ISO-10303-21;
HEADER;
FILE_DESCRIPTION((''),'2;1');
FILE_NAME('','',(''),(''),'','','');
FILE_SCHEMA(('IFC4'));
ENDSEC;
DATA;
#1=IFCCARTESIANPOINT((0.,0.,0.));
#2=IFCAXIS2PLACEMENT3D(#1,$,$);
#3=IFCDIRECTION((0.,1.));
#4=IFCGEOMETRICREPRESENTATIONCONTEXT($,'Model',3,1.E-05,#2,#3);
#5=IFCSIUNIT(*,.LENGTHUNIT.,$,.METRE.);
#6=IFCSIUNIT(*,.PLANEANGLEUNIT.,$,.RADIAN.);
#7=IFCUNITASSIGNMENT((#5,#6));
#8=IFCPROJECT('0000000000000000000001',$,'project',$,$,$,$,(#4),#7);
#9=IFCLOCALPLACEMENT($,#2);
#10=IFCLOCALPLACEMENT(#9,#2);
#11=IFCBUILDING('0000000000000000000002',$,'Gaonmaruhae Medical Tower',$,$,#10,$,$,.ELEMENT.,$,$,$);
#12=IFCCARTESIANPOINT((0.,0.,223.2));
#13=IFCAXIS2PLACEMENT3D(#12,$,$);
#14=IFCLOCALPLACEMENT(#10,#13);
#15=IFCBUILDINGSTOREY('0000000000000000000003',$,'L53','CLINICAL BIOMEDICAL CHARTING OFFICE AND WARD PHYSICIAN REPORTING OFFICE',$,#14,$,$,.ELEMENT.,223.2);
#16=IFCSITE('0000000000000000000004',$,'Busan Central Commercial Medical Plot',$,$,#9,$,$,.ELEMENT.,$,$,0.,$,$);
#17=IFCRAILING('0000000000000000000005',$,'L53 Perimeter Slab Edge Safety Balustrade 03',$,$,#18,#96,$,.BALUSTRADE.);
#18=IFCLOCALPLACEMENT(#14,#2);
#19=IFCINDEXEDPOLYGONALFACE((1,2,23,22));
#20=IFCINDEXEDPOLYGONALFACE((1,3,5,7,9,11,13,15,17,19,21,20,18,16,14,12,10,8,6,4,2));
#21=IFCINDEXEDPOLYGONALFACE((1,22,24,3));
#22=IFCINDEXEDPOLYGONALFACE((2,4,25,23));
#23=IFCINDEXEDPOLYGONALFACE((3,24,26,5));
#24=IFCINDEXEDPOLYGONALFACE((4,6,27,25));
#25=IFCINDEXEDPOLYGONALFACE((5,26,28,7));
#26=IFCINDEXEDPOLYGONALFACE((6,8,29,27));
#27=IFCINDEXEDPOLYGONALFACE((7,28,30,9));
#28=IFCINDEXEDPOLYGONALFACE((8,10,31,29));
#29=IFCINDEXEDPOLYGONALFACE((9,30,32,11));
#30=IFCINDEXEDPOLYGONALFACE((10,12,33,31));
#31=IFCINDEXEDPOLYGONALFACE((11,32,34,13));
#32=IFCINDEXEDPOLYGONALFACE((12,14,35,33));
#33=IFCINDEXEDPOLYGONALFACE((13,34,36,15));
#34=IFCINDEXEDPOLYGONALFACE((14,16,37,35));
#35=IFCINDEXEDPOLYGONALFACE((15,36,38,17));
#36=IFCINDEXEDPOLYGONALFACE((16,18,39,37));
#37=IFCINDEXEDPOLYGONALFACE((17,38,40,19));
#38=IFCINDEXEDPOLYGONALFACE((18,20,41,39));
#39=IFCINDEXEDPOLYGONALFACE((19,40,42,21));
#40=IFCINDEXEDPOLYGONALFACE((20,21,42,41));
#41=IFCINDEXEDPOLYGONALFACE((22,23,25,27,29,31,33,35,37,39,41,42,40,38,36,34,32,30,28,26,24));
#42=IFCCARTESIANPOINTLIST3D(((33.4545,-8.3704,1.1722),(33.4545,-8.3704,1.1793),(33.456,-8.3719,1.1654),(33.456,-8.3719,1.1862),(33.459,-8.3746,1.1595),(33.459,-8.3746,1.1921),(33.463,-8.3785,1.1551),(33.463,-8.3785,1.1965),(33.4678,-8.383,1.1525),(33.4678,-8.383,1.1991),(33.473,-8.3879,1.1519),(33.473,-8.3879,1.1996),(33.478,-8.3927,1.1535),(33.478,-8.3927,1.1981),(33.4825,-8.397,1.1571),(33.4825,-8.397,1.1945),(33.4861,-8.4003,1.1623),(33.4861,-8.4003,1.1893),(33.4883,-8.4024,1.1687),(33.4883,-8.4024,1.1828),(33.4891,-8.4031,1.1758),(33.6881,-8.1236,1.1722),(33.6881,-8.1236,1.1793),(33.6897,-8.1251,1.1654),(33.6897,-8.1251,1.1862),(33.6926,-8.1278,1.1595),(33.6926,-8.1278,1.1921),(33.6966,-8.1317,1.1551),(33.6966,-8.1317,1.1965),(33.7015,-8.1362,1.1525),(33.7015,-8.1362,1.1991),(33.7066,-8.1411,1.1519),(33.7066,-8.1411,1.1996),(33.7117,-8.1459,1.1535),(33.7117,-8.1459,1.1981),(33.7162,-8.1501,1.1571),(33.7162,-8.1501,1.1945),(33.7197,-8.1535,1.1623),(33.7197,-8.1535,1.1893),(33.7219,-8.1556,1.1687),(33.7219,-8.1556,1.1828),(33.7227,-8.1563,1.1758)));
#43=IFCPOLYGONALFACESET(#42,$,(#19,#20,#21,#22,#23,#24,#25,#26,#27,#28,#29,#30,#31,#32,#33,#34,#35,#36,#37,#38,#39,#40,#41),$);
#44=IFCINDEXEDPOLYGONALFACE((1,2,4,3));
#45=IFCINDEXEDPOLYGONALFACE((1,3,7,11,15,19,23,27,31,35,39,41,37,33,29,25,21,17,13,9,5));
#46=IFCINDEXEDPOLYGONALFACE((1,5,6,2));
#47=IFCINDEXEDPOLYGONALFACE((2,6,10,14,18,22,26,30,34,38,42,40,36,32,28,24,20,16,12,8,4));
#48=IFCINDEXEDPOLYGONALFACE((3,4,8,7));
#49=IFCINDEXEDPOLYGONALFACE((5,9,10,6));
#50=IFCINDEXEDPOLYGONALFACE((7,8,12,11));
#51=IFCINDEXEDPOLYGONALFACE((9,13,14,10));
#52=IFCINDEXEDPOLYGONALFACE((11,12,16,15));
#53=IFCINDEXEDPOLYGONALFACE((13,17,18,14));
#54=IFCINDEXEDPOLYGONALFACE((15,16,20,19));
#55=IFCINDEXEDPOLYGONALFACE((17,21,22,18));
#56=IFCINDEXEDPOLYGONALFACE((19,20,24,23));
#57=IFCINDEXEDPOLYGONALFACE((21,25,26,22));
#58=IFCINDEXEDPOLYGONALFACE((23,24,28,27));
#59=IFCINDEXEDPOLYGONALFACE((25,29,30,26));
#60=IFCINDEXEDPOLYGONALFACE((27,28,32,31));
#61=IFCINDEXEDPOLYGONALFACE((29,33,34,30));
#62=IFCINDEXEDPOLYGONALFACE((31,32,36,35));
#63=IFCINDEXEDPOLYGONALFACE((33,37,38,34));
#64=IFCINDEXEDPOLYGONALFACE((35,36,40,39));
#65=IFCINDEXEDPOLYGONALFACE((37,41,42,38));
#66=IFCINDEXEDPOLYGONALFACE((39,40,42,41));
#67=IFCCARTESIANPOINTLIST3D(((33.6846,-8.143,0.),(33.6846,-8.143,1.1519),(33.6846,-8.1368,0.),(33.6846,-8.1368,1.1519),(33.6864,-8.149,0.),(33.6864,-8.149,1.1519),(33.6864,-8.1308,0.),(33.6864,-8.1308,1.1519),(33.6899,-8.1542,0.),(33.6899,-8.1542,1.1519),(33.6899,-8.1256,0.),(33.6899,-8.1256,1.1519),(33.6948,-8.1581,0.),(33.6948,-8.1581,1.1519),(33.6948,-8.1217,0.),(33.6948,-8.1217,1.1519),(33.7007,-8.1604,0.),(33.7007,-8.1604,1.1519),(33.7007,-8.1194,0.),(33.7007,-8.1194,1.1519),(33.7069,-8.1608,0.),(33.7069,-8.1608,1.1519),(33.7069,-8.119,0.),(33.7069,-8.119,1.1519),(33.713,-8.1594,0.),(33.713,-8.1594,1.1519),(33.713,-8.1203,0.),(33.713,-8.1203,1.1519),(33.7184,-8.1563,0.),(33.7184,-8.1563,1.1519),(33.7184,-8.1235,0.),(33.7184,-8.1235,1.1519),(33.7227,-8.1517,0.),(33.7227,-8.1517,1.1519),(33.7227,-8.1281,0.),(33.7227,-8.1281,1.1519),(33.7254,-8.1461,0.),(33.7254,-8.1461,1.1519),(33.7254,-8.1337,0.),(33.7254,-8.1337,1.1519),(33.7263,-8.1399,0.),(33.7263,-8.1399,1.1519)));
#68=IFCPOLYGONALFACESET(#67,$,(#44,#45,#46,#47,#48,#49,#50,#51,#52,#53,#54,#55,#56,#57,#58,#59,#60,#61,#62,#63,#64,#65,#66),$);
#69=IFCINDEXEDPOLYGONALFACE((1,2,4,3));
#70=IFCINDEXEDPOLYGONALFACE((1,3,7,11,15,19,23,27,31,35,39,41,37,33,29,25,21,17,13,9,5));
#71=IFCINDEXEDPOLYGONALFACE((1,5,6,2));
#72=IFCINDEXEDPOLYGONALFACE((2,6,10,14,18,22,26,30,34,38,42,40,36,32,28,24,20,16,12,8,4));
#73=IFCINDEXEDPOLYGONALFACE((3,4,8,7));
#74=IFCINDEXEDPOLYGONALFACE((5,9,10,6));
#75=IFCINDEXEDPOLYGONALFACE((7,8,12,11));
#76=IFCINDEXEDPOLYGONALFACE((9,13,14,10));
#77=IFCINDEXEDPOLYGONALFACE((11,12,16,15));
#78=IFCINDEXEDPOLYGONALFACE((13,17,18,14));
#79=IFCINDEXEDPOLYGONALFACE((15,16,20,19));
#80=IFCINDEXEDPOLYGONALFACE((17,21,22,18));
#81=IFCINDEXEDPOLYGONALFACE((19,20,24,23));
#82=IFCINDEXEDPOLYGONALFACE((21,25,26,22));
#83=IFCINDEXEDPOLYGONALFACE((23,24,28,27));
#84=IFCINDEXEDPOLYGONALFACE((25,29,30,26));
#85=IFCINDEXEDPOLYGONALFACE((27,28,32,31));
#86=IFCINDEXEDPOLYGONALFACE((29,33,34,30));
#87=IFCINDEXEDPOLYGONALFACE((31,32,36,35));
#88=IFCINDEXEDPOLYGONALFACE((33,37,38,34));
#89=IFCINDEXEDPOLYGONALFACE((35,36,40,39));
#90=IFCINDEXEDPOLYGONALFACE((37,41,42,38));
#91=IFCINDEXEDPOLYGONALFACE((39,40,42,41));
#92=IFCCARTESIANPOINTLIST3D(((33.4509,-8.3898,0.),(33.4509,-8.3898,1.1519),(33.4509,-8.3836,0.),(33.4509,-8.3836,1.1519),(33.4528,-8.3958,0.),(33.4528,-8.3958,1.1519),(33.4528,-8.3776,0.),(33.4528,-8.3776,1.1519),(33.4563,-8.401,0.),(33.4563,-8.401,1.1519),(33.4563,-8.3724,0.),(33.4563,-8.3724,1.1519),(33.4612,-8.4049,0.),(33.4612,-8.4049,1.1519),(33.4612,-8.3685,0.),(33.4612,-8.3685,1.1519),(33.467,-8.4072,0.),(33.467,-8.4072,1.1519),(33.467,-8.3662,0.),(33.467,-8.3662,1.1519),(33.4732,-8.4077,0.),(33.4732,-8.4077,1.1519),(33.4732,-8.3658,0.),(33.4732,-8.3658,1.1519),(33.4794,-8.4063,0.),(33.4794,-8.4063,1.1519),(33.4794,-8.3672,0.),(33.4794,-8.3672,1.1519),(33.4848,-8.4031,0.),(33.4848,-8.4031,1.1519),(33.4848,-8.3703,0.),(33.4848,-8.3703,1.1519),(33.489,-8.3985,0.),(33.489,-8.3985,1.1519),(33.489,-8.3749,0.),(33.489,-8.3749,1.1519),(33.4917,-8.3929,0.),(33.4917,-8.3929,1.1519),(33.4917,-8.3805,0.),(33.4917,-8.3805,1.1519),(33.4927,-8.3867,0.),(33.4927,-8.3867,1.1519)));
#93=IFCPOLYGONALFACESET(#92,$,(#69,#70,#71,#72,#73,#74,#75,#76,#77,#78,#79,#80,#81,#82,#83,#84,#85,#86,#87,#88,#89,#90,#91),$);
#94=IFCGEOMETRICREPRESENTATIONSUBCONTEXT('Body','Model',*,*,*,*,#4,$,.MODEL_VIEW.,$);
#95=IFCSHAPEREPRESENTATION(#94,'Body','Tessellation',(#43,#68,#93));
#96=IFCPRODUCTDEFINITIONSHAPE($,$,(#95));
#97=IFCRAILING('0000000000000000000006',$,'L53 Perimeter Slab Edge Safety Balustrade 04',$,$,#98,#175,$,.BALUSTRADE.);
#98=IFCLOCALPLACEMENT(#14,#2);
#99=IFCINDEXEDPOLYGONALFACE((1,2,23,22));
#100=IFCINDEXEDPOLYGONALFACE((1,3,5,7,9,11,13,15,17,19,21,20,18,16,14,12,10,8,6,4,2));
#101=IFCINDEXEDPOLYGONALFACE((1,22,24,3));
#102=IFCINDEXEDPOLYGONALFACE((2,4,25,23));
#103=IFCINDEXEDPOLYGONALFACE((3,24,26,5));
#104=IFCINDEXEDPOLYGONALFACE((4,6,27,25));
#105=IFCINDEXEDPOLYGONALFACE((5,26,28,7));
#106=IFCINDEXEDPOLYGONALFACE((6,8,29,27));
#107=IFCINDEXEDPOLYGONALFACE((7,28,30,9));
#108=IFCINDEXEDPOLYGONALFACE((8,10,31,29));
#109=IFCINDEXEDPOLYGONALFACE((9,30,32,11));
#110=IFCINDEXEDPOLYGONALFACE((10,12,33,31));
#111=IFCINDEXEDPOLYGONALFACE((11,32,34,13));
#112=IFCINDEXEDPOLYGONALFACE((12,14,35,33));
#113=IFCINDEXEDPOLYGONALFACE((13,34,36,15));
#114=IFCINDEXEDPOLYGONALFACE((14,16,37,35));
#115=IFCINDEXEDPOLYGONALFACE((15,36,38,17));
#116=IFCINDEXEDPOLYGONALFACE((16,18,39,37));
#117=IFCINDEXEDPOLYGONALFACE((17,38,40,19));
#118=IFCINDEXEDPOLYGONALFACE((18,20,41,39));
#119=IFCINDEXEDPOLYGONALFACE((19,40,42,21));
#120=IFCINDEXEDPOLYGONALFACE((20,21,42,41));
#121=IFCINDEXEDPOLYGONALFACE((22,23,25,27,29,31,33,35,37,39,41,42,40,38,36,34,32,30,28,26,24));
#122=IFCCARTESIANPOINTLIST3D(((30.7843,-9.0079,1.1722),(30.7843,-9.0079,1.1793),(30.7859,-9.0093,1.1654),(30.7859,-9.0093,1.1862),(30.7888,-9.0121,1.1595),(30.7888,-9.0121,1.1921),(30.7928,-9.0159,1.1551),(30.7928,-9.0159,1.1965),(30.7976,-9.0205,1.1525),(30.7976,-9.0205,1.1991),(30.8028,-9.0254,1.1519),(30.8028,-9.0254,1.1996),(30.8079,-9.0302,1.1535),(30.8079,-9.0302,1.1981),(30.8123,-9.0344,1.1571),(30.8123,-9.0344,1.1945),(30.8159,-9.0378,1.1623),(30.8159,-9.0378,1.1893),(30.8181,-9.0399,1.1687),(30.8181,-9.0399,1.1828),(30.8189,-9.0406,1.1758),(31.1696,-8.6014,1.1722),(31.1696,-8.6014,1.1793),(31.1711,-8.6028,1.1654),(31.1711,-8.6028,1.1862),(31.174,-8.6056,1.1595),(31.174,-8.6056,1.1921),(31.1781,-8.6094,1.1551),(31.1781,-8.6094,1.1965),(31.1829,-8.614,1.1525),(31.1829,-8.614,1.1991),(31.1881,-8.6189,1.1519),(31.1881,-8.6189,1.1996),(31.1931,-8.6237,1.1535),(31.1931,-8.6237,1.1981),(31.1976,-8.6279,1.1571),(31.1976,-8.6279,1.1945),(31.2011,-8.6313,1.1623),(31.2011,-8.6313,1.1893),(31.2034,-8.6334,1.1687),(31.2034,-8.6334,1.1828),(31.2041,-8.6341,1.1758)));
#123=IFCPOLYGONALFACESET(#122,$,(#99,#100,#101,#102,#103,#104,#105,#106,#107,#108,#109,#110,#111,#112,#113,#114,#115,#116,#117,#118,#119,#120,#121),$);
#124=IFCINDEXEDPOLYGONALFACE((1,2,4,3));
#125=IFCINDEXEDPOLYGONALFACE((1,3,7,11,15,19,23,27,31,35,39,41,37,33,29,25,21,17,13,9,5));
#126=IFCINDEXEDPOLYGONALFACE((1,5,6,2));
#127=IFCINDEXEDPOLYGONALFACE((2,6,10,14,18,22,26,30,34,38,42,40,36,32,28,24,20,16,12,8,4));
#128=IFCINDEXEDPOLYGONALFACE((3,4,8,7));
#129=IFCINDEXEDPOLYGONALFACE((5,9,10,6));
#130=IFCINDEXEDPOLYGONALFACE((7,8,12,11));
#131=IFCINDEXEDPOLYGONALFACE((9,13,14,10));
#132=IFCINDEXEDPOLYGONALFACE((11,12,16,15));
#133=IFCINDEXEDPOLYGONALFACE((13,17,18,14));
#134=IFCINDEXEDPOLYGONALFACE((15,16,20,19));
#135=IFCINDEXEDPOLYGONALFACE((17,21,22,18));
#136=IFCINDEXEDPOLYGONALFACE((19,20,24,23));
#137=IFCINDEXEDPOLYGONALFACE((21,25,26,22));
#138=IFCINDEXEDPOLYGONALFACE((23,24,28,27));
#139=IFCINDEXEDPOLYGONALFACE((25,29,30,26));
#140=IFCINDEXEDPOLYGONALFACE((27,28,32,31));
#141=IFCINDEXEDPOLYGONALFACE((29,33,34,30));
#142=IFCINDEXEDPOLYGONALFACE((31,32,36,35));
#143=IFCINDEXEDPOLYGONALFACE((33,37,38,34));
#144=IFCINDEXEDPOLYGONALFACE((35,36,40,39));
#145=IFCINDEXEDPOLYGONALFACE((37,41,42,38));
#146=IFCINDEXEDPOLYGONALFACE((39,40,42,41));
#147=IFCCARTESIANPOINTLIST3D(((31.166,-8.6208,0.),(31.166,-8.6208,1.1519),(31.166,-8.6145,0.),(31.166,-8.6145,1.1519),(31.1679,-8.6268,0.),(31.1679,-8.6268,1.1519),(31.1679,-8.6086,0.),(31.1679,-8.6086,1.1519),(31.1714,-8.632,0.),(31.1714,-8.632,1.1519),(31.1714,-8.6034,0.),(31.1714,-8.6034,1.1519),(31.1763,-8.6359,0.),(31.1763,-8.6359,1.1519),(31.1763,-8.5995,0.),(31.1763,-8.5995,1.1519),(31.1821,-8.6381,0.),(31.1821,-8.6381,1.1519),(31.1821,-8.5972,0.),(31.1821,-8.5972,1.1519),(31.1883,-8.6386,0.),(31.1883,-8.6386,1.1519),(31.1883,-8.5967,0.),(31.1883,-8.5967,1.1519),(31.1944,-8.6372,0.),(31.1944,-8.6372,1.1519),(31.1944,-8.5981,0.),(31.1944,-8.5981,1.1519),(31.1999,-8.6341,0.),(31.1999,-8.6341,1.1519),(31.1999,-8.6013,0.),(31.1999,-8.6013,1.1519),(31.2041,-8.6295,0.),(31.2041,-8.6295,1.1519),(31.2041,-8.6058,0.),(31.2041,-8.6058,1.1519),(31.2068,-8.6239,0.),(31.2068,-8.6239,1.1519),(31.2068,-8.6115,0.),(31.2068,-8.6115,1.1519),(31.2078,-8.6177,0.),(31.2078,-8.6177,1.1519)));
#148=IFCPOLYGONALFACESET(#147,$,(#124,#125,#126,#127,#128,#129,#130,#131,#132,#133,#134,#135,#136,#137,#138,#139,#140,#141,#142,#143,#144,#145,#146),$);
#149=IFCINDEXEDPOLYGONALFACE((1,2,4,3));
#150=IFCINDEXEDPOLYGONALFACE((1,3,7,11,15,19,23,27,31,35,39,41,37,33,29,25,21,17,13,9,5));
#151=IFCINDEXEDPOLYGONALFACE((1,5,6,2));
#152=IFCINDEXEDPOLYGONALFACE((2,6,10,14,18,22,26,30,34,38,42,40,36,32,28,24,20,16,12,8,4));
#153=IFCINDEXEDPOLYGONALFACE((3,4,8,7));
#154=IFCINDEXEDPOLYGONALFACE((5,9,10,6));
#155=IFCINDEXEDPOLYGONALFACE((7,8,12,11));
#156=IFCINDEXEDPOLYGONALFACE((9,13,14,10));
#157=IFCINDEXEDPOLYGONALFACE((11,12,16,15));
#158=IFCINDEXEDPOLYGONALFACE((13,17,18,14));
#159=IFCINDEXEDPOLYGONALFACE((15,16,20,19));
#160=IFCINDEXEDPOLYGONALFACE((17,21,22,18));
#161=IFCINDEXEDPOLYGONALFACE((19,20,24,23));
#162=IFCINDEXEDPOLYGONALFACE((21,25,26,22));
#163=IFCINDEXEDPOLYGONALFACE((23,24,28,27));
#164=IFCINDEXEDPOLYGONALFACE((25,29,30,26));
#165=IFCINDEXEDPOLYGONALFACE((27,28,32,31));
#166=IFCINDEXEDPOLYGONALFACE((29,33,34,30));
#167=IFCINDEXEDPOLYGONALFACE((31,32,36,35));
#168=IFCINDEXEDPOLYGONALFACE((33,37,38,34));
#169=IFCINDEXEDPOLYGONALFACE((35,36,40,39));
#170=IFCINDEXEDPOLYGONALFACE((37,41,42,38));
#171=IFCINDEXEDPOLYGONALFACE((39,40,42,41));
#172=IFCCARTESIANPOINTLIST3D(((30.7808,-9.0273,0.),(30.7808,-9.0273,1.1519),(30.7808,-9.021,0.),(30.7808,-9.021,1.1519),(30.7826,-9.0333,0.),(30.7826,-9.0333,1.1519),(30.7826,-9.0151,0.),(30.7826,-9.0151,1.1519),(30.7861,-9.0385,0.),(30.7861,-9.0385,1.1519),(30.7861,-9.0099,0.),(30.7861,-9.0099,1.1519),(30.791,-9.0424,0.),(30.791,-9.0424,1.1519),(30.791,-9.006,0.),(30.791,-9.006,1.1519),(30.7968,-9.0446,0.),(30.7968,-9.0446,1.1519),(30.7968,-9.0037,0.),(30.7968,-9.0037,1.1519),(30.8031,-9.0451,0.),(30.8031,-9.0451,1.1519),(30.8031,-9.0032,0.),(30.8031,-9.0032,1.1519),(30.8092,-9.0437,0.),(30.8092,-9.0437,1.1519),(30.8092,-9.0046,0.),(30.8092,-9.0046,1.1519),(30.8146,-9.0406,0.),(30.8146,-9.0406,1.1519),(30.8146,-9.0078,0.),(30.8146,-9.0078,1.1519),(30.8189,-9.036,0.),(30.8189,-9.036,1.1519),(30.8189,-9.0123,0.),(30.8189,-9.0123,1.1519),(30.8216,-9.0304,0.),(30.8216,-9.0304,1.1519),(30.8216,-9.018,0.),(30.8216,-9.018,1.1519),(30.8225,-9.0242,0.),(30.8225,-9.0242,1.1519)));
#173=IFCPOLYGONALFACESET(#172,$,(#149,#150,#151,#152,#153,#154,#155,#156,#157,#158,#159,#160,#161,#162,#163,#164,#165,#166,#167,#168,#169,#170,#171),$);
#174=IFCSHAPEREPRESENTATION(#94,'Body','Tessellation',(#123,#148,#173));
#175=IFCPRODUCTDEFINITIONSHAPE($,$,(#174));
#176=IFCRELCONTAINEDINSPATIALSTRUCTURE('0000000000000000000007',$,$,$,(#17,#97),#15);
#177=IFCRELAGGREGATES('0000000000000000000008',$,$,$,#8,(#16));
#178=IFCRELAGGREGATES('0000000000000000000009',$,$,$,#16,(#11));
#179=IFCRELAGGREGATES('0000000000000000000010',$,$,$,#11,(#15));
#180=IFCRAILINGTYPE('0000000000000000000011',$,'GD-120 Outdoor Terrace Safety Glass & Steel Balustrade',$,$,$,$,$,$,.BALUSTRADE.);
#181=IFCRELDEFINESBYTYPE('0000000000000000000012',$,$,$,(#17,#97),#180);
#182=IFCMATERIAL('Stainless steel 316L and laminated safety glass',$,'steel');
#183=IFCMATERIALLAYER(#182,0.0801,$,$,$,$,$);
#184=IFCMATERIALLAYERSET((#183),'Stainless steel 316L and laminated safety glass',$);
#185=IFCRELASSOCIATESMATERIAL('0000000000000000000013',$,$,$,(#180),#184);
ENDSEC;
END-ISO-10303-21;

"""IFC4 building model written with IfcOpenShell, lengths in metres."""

from ifc_helpers import new_model, si_unit, direction, frame, origin, origin_2d, place, context, subcontext, project, spatial, circle, extrude, material, layer, layer_set, type_object, element, save


model = new_model("IFC4")

# Units and contexts
model_context = context("Model", 3, precision=1e-05, world=origin(), true_north=direction((0.0, 1.0)))
body_context = subcontext(model_context, "Body", "Model", "MODEL_VIEW")
ifc_project = project(units=[si_unit("LENGTHUNIT", "METRE"), si_unit("PLANEANGLEUNIT", "RADIAN")], contexts=[model_context])

# Site, building, storey
site_placement = place(None, origin())
site = spatial("IfcSite", under=ifc_project, at=site_placement, Name="Busan Central Commercial Medical Plot", CompositionType="ELEMENT", RefElevation=0.0)
building_placement = place(site_placement, origin())
building = spatial("IfcBuilding", under=site, at=building_placement, Name="Gaonmaruhae Medical Tower", CompositionType="ELEMENT")
storey_placement = place(building_placement, frame((0.0, 0.0, 223.2)))
storey = spatial("IfcBuildingStorey", under=building, at=storey_placement, Name="L53", Description="CLINICAL BIOMEDICAL CHARTING OFFICE AND WARD PHYSICIAN REPORTING OFFICE", CompositionType="ELEMENT", Elevation=223.2)

# Railings
ifc_material_1 = material(Name="Stainless steel 316L and laminated safety glass", Category="steel")
ifc_layer_1 = layer(ifc_material_1, 0.0801)
ifc_layer_set_1 = layer_set([ifc_layer_1], Name="Stainless steel 316L and laminated safety glass")
railing_type = type_object("IfcRailingType", Name="GD-120 Outdoor Terrace Safety Glass & Steel Balustrade", PredefinedType="BALUSTRADE", material=ifc_layer_set_1)
railing_1_placement = place(storey_placement, frame((33.7053, -8.1399, 0.0)))
element("IfcRailing", 1, at=railing_1_placement, inside=storey, type_object=railing_type, Name="L53 Perimeter Slab Edge Safety Balustrade 03", PredefinedType="BALUSTRADE", context=body_context, shape_type="SweptSolid", body=[
    extrude(circle(Radius=0.0239, at=origin_2d()), frame((0.0, 0.0, 1.1758), z_axis=(-0.687446, -0.726236, 0.0), x_axis=(0.726236, -0.687446, 0.0)), (0.0, 0.0, 1.0), 0.3398),
    extrude(circle(Radius=0.021, at=origin_2d()), origin(), (0.0, 0.0, 1.0), 1.1519),
    extrude(circle(Radius=0.021, at=origin_2d()), frame((-0.2336, -0.2468, 0.0)), (0.0, 0.0, 1.0), 1.1519),
])
railing_2_placement = place(storey_placement, frame((31.1868, -8.6177, 0.0)))
element("IfcRailing", 2, at=railing_2_placement, inside=storey, type_object=railing_type, Name="L53 Perimeter Slab Edge Safety Balustrade 04", PredefinedType="BALUSTRADE", context=body_context, shape_type="SweptSolid", body=[
    extrude(circle(Radius=0.0239, at=origin_2d()), frame((0.0, 0.0, 1.1758), z_axis=(-0.68789, -0.725815, 0.0), x_axis=(0.725815, -0.68789, 0.0)), (0.0, 0.0, 1.0), 0.5601),
    extrude(circle(Radius=0.021, at=origin_2d()), origin(), (0.0, 0.0, 1.0), 1.1519),
    extrude(circle(Radius=0.021, at=origin_2d()), frame((-0.3853, -0.4065, 0.0)), (0.0, 0.0, 1.0), 1.1519),
])

save(model, "model.ifc")
